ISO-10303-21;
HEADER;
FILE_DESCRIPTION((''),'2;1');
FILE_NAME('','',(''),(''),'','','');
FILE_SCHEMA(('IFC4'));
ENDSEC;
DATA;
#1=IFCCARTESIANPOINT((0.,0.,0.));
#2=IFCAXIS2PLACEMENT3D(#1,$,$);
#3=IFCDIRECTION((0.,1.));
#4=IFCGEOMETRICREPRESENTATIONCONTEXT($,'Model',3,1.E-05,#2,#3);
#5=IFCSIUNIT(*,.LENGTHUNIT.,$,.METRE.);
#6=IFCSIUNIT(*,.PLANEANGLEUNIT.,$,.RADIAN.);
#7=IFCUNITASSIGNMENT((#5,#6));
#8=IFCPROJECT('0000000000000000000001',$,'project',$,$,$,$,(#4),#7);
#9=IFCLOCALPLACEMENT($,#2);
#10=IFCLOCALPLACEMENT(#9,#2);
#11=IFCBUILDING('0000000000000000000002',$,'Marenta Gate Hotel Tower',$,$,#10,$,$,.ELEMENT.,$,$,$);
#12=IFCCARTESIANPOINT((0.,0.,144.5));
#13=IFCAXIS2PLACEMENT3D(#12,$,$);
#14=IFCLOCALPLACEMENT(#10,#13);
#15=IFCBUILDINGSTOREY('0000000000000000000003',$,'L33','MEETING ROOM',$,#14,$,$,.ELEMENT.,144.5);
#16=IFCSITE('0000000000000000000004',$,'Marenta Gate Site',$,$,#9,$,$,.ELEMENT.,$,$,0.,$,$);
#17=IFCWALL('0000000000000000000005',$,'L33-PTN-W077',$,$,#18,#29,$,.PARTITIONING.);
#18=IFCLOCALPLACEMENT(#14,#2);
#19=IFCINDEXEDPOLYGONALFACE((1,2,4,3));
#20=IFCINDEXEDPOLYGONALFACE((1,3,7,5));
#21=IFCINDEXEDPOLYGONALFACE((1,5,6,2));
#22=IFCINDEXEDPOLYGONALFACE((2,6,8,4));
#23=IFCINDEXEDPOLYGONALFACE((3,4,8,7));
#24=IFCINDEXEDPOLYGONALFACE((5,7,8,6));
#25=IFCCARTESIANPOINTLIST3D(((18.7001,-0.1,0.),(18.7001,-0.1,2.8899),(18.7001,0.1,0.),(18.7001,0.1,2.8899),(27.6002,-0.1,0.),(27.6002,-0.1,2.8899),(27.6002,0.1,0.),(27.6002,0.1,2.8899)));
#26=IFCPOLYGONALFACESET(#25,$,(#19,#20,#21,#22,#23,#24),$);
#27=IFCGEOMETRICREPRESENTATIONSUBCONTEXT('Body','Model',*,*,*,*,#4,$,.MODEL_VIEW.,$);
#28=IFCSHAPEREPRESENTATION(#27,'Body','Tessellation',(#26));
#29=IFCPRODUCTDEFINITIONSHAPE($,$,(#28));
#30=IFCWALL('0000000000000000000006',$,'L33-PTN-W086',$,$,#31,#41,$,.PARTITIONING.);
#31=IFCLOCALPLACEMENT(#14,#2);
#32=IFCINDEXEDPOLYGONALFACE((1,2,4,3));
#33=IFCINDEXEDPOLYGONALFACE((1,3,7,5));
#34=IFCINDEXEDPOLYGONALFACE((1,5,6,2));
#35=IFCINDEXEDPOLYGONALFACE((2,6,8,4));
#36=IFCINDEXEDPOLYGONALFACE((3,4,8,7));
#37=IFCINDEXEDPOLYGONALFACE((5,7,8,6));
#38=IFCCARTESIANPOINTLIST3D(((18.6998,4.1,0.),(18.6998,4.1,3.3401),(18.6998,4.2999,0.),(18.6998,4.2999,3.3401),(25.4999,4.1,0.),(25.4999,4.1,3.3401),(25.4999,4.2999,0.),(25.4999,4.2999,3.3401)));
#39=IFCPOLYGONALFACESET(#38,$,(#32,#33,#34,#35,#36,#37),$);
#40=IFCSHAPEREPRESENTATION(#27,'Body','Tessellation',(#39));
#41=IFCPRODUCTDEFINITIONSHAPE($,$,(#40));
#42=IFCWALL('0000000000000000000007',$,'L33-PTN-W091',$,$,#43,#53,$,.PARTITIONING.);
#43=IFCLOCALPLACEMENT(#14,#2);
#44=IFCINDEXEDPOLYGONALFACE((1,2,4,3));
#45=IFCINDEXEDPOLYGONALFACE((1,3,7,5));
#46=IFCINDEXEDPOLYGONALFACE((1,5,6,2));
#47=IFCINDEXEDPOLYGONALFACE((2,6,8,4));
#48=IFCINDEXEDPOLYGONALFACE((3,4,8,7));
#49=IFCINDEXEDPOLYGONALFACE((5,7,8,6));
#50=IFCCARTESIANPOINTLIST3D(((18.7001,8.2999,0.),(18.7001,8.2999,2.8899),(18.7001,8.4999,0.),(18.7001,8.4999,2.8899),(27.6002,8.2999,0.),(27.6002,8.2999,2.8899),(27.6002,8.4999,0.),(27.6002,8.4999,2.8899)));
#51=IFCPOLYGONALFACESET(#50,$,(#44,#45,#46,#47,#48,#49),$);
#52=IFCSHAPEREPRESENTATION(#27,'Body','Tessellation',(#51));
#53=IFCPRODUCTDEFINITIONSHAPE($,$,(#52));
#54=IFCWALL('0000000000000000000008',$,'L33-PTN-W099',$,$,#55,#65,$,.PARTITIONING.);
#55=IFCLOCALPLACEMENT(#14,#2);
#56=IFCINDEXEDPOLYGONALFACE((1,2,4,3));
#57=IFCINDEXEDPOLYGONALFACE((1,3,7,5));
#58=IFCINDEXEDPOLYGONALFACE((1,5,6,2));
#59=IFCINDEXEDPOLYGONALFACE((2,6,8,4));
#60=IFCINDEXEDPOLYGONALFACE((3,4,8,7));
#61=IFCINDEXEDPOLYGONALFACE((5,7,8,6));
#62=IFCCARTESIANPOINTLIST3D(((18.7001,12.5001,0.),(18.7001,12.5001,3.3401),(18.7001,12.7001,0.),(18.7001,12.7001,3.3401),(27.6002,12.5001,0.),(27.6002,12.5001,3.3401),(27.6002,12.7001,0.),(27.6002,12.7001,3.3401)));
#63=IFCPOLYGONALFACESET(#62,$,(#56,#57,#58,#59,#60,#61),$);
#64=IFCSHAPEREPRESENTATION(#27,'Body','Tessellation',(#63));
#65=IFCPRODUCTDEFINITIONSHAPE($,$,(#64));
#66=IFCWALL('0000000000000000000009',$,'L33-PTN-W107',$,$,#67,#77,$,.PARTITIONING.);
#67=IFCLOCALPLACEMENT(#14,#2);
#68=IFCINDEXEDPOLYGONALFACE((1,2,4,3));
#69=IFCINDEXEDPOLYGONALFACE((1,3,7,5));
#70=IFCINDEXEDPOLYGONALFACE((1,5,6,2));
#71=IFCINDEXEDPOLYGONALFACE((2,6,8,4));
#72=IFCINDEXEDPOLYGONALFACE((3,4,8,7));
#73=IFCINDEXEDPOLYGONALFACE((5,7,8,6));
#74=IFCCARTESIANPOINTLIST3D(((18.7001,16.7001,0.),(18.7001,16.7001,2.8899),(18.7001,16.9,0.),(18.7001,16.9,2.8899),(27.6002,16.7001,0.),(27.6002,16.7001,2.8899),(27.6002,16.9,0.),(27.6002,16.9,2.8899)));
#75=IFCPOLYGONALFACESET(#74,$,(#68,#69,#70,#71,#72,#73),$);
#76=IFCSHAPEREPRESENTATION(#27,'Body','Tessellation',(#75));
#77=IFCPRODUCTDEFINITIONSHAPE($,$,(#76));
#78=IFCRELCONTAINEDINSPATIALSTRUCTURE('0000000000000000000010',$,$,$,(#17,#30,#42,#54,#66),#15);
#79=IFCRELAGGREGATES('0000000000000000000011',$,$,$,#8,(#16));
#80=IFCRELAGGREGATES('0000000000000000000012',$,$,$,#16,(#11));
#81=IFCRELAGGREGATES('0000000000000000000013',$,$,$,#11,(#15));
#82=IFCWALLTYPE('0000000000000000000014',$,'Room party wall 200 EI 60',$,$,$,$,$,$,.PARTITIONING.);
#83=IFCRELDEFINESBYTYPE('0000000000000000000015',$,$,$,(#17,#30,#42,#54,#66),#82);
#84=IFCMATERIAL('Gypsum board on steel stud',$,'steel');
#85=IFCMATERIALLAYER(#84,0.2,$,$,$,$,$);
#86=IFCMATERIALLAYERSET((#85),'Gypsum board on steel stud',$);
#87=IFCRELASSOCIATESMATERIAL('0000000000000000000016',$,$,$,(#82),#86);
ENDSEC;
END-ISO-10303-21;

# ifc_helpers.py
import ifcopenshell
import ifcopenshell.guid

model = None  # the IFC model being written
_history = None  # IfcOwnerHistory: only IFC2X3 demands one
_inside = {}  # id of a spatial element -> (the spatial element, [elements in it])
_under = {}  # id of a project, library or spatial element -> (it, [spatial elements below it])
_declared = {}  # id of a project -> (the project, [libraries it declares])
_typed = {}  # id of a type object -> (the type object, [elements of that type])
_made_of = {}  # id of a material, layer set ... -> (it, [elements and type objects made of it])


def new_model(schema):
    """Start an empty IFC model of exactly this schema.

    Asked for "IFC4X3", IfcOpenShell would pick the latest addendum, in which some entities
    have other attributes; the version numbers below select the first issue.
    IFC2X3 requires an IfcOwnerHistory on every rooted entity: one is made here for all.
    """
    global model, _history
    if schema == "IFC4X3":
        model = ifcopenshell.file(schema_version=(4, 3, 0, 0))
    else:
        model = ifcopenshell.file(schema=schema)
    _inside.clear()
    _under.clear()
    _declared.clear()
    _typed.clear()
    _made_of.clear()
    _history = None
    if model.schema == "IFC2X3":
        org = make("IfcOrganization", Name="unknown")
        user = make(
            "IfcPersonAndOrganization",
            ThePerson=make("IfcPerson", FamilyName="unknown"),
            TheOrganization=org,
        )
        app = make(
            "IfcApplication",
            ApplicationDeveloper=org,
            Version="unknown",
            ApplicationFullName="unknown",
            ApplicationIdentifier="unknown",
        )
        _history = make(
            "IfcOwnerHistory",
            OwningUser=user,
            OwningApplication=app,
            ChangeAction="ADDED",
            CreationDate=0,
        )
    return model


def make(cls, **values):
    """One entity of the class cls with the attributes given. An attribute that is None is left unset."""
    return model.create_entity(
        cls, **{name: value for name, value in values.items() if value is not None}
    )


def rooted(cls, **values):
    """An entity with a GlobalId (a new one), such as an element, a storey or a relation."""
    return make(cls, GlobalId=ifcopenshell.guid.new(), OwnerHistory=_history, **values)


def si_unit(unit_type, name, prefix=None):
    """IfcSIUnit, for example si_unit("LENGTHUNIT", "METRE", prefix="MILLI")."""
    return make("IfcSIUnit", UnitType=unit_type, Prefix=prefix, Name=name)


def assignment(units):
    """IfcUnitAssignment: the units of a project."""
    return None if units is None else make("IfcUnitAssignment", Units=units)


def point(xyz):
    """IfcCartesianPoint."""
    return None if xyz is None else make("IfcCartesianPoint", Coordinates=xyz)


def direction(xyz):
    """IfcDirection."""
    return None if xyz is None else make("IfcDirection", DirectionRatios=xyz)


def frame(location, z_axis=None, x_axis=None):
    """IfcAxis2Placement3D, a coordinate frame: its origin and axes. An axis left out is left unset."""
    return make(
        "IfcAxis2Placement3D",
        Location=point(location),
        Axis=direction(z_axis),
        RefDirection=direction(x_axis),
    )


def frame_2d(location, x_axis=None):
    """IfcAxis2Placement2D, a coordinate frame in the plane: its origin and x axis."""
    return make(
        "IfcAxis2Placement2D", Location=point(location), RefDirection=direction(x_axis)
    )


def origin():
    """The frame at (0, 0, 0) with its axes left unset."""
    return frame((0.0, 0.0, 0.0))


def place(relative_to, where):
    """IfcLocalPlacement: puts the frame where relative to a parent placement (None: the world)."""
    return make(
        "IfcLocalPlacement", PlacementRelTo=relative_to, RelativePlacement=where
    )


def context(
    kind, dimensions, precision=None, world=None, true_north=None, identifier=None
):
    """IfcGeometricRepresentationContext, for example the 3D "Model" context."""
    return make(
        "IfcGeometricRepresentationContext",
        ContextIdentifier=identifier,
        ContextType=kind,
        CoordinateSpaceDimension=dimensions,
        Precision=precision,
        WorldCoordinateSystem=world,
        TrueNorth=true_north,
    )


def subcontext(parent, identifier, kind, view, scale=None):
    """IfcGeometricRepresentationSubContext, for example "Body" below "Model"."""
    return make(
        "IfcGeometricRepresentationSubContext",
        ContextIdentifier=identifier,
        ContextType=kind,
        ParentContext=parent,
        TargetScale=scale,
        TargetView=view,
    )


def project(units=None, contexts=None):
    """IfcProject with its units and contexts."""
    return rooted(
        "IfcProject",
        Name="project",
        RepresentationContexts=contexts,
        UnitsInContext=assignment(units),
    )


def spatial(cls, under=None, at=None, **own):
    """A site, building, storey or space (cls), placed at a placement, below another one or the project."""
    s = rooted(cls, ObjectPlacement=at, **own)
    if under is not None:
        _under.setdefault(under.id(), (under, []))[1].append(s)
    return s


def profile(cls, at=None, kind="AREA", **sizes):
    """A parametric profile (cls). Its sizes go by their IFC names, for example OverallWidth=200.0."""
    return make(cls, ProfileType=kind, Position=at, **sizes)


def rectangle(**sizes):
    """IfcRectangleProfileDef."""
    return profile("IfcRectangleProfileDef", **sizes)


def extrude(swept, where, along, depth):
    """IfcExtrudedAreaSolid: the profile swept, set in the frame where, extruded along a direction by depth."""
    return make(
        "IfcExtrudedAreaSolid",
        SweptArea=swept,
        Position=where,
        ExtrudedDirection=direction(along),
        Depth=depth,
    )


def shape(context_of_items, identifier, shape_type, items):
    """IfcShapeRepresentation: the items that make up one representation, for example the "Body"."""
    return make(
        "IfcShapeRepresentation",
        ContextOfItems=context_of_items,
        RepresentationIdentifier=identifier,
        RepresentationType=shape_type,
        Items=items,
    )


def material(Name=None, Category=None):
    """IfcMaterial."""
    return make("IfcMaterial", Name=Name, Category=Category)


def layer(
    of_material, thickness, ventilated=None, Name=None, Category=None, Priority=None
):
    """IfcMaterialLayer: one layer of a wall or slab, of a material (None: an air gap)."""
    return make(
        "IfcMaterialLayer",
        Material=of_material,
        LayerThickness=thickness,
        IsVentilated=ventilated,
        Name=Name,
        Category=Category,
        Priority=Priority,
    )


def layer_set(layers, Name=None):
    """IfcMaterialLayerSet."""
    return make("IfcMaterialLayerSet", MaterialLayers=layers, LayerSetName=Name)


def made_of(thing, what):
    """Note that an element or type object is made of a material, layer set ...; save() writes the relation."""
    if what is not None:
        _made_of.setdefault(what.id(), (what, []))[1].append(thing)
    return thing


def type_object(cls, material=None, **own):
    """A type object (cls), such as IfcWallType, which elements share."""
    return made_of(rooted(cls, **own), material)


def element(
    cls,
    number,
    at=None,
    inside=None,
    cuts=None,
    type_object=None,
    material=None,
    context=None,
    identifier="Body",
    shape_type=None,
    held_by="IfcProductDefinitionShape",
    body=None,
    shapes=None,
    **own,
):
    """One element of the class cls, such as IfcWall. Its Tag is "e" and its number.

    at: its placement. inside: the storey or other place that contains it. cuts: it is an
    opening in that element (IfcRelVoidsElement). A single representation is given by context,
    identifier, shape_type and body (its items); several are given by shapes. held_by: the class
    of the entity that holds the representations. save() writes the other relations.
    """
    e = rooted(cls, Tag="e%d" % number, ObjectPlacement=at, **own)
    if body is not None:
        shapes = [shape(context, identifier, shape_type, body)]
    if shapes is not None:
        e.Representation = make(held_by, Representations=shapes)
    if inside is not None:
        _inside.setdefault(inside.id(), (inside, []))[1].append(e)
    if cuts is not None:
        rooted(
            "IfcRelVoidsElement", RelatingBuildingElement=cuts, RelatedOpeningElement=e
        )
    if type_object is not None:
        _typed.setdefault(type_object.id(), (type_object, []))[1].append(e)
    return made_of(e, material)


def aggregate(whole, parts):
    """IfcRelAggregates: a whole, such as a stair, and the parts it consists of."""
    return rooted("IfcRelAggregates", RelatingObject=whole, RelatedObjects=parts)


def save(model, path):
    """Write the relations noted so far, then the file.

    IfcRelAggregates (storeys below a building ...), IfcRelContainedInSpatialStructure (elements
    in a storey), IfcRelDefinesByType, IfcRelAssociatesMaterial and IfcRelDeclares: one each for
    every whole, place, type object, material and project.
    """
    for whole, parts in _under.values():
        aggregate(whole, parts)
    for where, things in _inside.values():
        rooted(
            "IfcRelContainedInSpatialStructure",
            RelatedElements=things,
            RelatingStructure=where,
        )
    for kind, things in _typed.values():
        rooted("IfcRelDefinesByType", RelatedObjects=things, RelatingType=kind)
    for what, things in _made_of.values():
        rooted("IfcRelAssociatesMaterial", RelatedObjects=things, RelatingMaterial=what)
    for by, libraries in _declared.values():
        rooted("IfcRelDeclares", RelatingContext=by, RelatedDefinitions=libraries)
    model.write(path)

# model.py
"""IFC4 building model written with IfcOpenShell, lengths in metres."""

from ifc_helpers import new_model, si_unit, direction, frame, frame_2d, origin, place, context, subcontext, project, spatial, rectangle, extrude, material, layer, layer_set, type_object, element, save


model = new_model("IFC4")

# Units and contexts
model_context = context("Model", 3, precision=1e-05, world=origin(), true_north=direction((0.0, 1.0)))
body_context = subcontext(model_context, "Body", "Model", "MODEL_VIEW")
ifc_project = project(units=[si_unit("LENGTHUNIT", "METRE"), si_unit("PLANEANGLEUNIT", "RADIAN")], contexts=[model_context])

# Site, building, storey
site_placement = place(None, origin())
site = spatial("IfcSite", under=ifc_project, at=site_placement, Name="Marenta Gate Site", CompositionType="ELEMENT", RefElevation=0.0)
building_placement = place(site_placement, origin())
building = spatial("IfcBuilding", under=site, at=building_placement, Name="Marenta Gate Hotel Tower", CompositionType="ELEMENT")
storey_placement = place(building_placement, frame((0.0, 0.0, 144.5)))
storey = spatial("IfcBuildingStorey", under=building, at=storey_placement, Name="L33", Description="MEETING ROOM", CompositionType="ELEMENT", Elevation=144.5)

# Walls
ifc_material_1 = material(Name="Gypsum board on steel stud", Category="steel")
ifc_layer_1 = layer(ifc_material_1, 0.2)
ifc_layer_set_1 = layer_set([ifc_layer_1], Name="Gypsum board on steel stud")
wall_type_1 = type_object("IfcWallType", Name="Room party wall 200 EI 60", PredefinedType="PARTITIONING", material=ifc_layer_set_1)
wall_1_placement = place(storey_placement, frame((18.7, 0.0, 0.0), z_axis=(0.0, 0.0, 1.0), x_axis=(1.0, 0.0, 0.0)))
element("IfcWall", 1, at=wall_1_placement, inside=storey, type_object=wall_type_1, Name="L33-PTN-W077", PredefinedType="PARTITIONING", context=body_context, shape_type="SweptSolid", body=[
    extrude(rectangle(XDim=8.9001, YDim=0.2, at=frame_2d((4.4502, 0.0))), origin(), (0.0, 0.0, 1.0), 2.8899),
])
wall_2_placement = place(storey_placement, frame((18.7, 4.2, 0.0), z_axis=(0.0, 0.0, 1.0), x_axis=(1.0, 0.0, 0.0)))
element("IfcWall", 2, at=wall_2_placement, inside=storey, type_object=wall_type_1, Name="L33-PTN-W086", PredefinedType="PARTITIONING", context=body_context, shape_type="SweptSolid", body=[
    extrude(rectangle(XDim=6.8, YDim=0.2, at=frame_2d((3.3999, 0.0))), origin(), (0.0, 0.0, 1.0), 3.3401),
])
wall_3_placement = place(storey_placement, frame((18.7, 8.3999, 0.0), z_axis=(0.0, 0.0, 1.0), x_axis=(1.0, 0.0, 0.0)))
element("IfcWall", 3, at=wall_3_placement, inside=storey, type_object=wall_type_1, Name="L33-PTN-W091", PredefinedType="PARTITIONING", context=body_context, shape_type="SweptSolid", body=[
    extrude(rectangle(XDim=8.9001, YDim=0.2, at=frame_2d((4.4502, 0.0))), origin(), (0.0, 0.0, 1.0), 2.8899),
])
wall_4_placement = place(storey_placement, frame((18.7, 12.6001, 0.0), z_axis=(0.0, 0.0, 1.0), x_axis=(1.0, 0.0, 0.0)))
element("IfcWall", 4, at=wall_4_placement, inside=storey, type_object=wall_type_1, Name="L33-PTN-W099", PredefinedType="PARTITIONING", context=body_context, shape_type="SweptSolid", body=[
    extrude(rectangle(XDim=8.9001, YDim=0.2, at=frame_2d((4.4502, 0.0))), origin(), (0.0, 0.0, 1.0), 3.3401),
])
wall_5_placement = place(storey_placement, frame((18.7, 16.8, 0.0), z_axis=(0.0, 0.0, 1.0), x_axis=(1.0, 0.0, 0.0)))
element("IfcWall", 5, at=wall_5_placement, inside=storey, type_object=wall_type_1, Name="L33-PTN-W107", PredefinedType="PARTITIONING", context=body_context, shape_type="SweptSolid", body=[
    extrude(rectangle(XDim=8.9001, YDim=0.2, at=frame_2d((4.4502, 0.0))), origin(), (0.0, 0.0, 1.0), 2.8899),
])

save(model, "model.ifc")
